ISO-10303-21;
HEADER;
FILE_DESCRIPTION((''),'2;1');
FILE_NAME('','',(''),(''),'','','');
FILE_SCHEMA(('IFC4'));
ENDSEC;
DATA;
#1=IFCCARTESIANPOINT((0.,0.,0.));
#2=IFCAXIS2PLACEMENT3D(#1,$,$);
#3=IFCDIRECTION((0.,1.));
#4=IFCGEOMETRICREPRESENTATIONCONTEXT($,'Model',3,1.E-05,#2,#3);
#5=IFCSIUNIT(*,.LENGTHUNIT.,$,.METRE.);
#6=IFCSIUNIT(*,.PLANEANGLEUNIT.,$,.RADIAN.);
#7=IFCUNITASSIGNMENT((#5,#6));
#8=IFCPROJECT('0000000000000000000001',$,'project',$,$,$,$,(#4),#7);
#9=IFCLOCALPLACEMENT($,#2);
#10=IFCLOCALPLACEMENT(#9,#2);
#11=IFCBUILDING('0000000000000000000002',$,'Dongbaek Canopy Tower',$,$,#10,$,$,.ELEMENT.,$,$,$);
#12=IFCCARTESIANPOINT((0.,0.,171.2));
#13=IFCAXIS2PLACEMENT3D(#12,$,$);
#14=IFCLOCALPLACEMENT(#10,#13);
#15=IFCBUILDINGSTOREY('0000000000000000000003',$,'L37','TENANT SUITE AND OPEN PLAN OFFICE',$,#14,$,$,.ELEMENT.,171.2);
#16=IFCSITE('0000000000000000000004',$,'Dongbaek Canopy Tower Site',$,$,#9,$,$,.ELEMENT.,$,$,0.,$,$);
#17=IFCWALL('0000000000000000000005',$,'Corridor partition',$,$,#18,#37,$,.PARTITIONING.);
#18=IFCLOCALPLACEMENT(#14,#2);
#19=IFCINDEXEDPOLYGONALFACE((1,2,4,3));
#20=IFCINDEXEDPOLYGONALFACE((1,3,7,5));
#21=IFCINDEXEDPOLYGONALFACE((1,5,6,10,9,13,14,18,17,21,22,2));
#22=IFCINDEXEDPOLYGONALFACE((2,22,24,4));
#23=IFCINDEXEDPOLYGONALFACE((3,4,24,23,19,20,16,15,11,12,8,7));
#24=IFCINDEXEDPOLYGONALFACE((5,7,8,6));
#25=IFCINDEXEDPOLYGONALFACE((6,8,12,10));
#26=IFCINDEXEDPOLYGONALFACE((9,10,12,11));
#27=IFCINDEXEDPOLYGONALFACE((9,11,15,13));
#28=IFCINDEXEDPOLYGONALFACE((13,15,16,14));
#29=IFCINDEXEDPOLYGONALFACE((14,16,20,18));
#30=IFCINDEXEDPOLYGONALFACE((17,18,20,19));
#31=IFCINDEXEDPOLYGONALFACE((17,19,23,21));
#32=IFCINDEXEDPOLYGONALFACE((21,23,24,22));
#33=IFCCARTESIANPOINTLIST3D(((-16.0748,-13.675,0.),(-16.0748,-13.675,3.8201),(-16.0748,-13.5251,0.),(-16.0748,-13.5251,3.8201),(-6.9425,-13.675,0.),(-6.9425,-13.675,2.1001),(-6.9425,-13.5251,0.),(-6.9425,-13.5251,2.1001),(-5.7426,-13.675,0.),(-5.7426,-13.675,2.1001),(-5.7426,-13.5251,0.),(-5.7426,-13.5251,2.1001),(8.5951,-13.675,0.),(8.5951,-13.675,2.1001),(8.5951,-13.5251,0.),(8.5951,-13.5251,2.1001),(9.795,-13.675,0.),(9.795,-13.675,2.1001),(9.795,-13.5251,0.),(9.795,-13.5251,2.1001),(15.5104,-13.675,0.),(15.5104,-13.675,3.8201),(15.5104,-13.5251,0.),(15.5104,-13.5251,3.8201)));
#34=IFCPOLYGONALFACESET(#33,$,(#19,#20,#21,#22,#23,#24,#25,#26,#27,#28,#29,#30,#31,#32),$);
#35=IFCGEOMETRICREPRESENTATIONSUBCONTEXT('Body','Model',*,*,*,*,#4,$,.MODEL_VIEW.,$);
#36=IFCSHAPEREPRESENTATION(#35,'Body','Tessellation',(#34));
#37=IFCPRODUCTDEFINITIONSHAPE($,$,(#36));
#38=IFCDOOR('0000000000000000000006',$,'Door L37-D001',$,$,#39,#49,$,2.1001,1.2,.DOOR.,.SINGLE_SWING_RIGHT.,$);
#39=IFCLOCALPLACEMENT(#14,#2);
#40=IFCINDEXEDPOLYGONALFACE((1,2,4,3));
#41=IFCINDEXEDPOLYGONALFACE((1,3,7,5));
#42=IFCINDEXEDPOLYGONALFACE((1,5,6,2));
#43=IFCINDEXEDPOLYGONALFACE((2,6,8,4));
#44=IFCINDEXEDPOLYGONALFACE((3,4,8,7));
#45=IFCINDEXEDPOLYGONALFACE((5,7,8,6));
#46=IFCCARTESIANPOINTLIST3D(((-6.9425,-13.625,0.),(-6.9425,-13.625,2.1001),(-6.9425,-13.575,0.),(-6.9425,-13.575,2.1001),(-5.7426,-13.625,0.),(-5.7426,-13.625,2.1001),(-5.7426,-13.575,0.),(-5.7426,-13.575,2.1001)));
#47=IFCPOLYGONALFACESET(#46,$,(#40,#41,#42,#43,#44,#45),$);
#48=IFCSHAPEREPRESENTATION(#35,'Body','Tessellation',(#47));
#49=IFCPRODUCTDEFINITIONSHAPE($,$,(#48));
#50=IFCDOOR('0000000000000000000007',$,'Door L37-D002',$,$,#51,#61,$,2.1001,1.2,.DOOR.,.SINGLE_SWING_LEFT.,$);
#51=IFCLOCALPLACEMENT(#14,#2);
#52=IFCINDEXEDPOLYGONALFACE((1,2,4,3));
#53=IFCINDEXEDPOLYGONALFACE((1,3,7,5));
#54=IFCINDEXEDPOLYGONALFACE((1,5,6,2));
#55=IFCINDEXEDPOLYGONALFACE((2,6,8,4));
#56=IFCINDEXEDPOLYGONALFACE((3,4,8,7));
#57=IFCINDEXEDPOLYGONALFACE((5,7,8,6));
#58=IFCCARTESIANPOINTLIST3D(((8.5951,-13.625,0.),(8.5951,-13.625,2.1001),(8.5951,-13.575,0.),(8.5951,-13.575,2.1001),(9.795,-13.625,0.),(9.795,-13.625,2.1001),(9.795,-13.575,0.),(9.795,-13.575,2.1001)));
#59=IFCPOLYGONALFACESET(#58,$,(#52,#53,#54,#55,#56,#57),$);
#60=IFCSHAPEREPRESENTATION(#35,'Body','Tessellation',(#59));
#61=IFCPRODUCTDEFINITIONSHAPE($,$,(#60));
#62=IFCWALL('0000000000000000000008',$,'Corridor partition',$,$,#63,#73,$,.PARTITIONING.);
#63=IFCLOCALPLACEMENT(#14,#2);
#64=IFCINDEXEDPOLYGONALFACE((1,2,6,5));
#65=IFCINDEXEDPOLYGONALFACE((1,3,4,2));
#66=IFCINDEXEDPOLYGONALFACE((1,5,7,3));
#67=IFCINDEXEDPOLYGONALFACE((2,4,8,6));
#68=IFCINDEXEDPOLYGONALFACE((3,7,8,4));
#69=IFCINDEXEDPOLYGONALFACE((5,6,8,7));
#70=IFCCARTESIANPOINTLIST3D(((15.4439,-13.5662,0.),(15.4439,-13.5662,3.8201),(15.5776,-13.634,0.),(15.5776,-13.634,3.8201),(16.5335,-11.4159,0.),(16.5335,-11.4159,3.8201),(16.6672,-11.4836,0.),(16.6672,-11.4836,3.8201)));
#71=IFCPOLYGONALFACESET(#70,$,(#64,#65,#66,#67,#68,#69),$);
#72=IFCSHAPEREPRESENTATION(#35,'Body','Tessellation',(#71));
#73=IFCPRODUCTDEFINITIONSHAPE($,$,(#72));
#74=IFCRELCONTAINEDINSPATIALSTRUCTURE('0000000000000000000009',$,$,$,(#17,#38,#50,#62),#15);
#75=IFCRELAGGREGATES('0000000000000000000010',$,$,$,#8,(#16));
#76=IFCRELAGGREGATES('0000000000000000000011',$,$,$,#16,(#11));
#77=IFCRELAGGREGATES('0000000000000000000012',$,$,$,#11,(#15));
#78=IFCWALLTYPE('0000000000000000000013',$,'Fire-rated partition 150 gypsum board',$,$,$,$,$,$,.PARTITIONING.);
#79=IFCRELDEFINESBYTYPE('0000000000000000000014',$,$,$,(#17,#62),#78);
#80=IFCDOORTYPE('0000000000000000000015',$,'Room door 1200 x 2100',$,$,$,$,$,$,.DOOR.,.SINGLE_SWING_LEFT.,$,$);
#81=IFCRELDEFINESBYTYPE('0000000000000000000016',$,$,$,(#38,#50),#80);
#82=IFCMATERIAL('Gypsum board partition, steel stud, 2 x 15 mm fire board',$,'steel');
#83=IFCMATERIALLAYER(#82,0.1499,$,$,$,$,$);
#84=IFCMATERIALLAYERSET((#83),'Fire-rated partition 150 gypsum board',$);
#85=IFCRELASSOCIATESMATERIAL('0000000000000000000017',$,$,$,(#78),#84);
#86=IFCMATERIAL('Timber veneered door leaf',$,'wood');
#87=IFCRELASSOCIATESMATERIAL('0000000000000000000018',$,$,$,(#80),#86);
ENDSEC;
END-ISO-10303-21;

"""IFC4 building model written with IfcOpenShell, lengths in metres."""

from ifc_helpers import new_model, si_unit, direction, frame, frame_2d, origin, place, context, subcontext, project, spatial, rectangle, extrude, material, layer, layer_set, type_object, element, fill, save


model = new_model("IFC4")

# Units and contexts
model_context = context("Model", 3, precision=1e-05, world=origin(), true_north=direction((0.0, 1.0)))
body_context = subcontext(model_context, "Body", "Model", "MODEL_VIEW")
ifc_project = project(units=[si_unit("LENGTHUNIT", "METRE"), si_unit("PLANEANGLEUNIT", "RADIAN")], contexts=[model_context])

# Site, building, storey
site_placement = place(None, origin())
site = spatial("IfcSite", under=ifc_project, at=site_placement, Name="Dongbaek Canopy Tower Site", CompositionType="ELEMENT", RefElevation=0.0)
building_placement = place(site_placement, origin())
building = spatial("IfcBuilding", under=site, at=building_placement, Name="Dongbaek Canopy Tower", CompositionType="ELEMENT")
storey_placement = place(building_placement, frame((0.0, 0.0, 171.2)))
storey = spatial("IfcBuildingStorey", under=building, at=storey_placement, Name="L37", Description="TENANT SUITE AND OPEN PLAN OFFICE", CompositionType="ELEMENT", Elevation=171.2)

# Wall, openings, doors
ifc_material_1 = material(Name="Gypsum board partition, steel stud, 2 x 15 mm fire board", Category="steel")
ifc_layer_1 = layer(ifc_material_1, 0.1499)
ifc_layer_set_1 = layer_set([ifc_layer_1], Name="Fire-rated partition 150 gypsum board")
wall_type_1 = type_object("IfcWallType", Name="Fire-rated partition 150 gypsum board", PredefinedType="PARTITIONING", material=ifc_layer_set_1)
wall_1_placement = place(storey_placement, frame((15.5103, -13.6001, 0.0), z_axis=(0.0, 0.0, 1.0), x_axis=(-1.0, 0.0, 0.0)))
wall_1 = element("IfcWall", 1, at=wall_1_placement, inside=storey, type_object=wall_type_1, Name="Corridor partition", PredefinedType="PARTITIONING", context=body_context, shape_type="SweptSolid", body=[
    extrude(rectangle(XDim=31.5852, YDim=0.1499, at=frame_2d((15.7925, 0.0))), origin(), (0.0, 0.0, 1.0), 3.8201),
])
opening_1_placement = place(wall_1_placement, frame((21.2527, 0.0, 0.0)))
opening_1 = element("IfcOpeningElement", 2, at=opening_1_placement, cuts=wall_1, PredefinedType="OPENING", context=body_context, shape_type="SweptSolid", body=[
    extrude(rectangle(XDim=1.2, YDim=2.1001, at=frame_2d((0.6001, 1.05))), frame((0.0, 0.085, 0.0), z_axis=(0.0, -1.0, 0.0), x_axis=(1.0, 0.0, 0.0)), (0.0, 0.0, 1.0), 0.1699),
])
opening_2_placement = place(wall_1_placement, frame((5.7151, 0.0, 0.0)))
opening_2 = element("IfcOpeningElement", 3, at=opening_2_placement, cuts=wall_1, PredefinedType="OPENING", context=body_context, shape_type="SweptSolid", body=[
    extrude(rectangle(XDim=1.2, YDim=2.1001, at=frame_2d((0.6001, 1.05))), frame((0.0, 0.085, 0.0), z_axis=(0.0, -1.0, 0.0), x_axis=(1.0, 0.0, 0.0)), (0.0, 0.0, 1.0), 0.1699),
])
ifc_material_2 = material(Name="Timber veneered door leaf", Category="wood")
door_type_1 = type_object("IfcDoorType", Name="Room door 1200 x 2100", OperationType="SINGLE_SWING_LEFT", PredefinedType="DOOR", material=ifc_material_2)
door_1_placement = place(opening_1_placement, origin())
door_1 = element("IfcDoor", 4, at=door_1_placement, inside=storey, type_object=door_type_1, Name="Door L37-D001", OperationType="SINGLE_SWING_RIGHT", OverallHeight=2.1001, OverallWidth=1.2, PredefinedType="DOOR", context=body_context, shape_type="SweptSolid", body=[
    extrude(rectangle(XDim=1.2, YDim=2.1001, at=frame_2d((0.6001, 1.05))), frame((0.0, 0.0249, 0.0), z_axis=(0.0, -1.0, 0.0), x_axis=(1.0, 0.0, 0.0)), (0.0, 0.0, 1.0), 0.05),
])
fill(opening_1, door_1)
door_2_placement = place(opening_2_placement, origin())
door_2 = element("IfcDoor", 5, at=door_2_placement, inside=storey, type_object=door_type_1, Name="Door L37-D002", OperationType="SINGLE_SWING_LEFT", OverallHeight=2.1001, OverallWidth=1.2, PredefinedType="DOOR", context=body_context, shape_type="SweptSolid", body=[
    extrude(rectangle(XDim=1.2, YDim=2.1001, at=frame_2d((0.6001, 1.05))), frame((0.0, 0.0249, 0.0), z_axis=(0.0, -1.0, 0.0), x_axis=(1.0, 0.0, 0.0)), (0.0, 0.0, 1.0), 0.05),
])
fill(opening_2, door_2)

# Wall
wall_2_placement = place(storey_placement, frame((15.5107, -13.6001, 0.0), z_axis=(0.0, 0.0, 1.0), x_axis=(0.451987, 0.892024, 0.0)))
element("IfcWall", 6, at=wall_2_placement, inside=storey, type_object=wall_type_1, Name="Corridor partition", PredefinedType="PARTITIONING", context=body_context, shape_type="SweptSolid", body=[
    extrude(rectangle(XDim=2.4106, YDim=0.1499, at=frame_2d((1.2053, 0.0))), origin(), (0.0, 0.0, 1.0), 3.8201),
])

save(model, "model.ifc")
